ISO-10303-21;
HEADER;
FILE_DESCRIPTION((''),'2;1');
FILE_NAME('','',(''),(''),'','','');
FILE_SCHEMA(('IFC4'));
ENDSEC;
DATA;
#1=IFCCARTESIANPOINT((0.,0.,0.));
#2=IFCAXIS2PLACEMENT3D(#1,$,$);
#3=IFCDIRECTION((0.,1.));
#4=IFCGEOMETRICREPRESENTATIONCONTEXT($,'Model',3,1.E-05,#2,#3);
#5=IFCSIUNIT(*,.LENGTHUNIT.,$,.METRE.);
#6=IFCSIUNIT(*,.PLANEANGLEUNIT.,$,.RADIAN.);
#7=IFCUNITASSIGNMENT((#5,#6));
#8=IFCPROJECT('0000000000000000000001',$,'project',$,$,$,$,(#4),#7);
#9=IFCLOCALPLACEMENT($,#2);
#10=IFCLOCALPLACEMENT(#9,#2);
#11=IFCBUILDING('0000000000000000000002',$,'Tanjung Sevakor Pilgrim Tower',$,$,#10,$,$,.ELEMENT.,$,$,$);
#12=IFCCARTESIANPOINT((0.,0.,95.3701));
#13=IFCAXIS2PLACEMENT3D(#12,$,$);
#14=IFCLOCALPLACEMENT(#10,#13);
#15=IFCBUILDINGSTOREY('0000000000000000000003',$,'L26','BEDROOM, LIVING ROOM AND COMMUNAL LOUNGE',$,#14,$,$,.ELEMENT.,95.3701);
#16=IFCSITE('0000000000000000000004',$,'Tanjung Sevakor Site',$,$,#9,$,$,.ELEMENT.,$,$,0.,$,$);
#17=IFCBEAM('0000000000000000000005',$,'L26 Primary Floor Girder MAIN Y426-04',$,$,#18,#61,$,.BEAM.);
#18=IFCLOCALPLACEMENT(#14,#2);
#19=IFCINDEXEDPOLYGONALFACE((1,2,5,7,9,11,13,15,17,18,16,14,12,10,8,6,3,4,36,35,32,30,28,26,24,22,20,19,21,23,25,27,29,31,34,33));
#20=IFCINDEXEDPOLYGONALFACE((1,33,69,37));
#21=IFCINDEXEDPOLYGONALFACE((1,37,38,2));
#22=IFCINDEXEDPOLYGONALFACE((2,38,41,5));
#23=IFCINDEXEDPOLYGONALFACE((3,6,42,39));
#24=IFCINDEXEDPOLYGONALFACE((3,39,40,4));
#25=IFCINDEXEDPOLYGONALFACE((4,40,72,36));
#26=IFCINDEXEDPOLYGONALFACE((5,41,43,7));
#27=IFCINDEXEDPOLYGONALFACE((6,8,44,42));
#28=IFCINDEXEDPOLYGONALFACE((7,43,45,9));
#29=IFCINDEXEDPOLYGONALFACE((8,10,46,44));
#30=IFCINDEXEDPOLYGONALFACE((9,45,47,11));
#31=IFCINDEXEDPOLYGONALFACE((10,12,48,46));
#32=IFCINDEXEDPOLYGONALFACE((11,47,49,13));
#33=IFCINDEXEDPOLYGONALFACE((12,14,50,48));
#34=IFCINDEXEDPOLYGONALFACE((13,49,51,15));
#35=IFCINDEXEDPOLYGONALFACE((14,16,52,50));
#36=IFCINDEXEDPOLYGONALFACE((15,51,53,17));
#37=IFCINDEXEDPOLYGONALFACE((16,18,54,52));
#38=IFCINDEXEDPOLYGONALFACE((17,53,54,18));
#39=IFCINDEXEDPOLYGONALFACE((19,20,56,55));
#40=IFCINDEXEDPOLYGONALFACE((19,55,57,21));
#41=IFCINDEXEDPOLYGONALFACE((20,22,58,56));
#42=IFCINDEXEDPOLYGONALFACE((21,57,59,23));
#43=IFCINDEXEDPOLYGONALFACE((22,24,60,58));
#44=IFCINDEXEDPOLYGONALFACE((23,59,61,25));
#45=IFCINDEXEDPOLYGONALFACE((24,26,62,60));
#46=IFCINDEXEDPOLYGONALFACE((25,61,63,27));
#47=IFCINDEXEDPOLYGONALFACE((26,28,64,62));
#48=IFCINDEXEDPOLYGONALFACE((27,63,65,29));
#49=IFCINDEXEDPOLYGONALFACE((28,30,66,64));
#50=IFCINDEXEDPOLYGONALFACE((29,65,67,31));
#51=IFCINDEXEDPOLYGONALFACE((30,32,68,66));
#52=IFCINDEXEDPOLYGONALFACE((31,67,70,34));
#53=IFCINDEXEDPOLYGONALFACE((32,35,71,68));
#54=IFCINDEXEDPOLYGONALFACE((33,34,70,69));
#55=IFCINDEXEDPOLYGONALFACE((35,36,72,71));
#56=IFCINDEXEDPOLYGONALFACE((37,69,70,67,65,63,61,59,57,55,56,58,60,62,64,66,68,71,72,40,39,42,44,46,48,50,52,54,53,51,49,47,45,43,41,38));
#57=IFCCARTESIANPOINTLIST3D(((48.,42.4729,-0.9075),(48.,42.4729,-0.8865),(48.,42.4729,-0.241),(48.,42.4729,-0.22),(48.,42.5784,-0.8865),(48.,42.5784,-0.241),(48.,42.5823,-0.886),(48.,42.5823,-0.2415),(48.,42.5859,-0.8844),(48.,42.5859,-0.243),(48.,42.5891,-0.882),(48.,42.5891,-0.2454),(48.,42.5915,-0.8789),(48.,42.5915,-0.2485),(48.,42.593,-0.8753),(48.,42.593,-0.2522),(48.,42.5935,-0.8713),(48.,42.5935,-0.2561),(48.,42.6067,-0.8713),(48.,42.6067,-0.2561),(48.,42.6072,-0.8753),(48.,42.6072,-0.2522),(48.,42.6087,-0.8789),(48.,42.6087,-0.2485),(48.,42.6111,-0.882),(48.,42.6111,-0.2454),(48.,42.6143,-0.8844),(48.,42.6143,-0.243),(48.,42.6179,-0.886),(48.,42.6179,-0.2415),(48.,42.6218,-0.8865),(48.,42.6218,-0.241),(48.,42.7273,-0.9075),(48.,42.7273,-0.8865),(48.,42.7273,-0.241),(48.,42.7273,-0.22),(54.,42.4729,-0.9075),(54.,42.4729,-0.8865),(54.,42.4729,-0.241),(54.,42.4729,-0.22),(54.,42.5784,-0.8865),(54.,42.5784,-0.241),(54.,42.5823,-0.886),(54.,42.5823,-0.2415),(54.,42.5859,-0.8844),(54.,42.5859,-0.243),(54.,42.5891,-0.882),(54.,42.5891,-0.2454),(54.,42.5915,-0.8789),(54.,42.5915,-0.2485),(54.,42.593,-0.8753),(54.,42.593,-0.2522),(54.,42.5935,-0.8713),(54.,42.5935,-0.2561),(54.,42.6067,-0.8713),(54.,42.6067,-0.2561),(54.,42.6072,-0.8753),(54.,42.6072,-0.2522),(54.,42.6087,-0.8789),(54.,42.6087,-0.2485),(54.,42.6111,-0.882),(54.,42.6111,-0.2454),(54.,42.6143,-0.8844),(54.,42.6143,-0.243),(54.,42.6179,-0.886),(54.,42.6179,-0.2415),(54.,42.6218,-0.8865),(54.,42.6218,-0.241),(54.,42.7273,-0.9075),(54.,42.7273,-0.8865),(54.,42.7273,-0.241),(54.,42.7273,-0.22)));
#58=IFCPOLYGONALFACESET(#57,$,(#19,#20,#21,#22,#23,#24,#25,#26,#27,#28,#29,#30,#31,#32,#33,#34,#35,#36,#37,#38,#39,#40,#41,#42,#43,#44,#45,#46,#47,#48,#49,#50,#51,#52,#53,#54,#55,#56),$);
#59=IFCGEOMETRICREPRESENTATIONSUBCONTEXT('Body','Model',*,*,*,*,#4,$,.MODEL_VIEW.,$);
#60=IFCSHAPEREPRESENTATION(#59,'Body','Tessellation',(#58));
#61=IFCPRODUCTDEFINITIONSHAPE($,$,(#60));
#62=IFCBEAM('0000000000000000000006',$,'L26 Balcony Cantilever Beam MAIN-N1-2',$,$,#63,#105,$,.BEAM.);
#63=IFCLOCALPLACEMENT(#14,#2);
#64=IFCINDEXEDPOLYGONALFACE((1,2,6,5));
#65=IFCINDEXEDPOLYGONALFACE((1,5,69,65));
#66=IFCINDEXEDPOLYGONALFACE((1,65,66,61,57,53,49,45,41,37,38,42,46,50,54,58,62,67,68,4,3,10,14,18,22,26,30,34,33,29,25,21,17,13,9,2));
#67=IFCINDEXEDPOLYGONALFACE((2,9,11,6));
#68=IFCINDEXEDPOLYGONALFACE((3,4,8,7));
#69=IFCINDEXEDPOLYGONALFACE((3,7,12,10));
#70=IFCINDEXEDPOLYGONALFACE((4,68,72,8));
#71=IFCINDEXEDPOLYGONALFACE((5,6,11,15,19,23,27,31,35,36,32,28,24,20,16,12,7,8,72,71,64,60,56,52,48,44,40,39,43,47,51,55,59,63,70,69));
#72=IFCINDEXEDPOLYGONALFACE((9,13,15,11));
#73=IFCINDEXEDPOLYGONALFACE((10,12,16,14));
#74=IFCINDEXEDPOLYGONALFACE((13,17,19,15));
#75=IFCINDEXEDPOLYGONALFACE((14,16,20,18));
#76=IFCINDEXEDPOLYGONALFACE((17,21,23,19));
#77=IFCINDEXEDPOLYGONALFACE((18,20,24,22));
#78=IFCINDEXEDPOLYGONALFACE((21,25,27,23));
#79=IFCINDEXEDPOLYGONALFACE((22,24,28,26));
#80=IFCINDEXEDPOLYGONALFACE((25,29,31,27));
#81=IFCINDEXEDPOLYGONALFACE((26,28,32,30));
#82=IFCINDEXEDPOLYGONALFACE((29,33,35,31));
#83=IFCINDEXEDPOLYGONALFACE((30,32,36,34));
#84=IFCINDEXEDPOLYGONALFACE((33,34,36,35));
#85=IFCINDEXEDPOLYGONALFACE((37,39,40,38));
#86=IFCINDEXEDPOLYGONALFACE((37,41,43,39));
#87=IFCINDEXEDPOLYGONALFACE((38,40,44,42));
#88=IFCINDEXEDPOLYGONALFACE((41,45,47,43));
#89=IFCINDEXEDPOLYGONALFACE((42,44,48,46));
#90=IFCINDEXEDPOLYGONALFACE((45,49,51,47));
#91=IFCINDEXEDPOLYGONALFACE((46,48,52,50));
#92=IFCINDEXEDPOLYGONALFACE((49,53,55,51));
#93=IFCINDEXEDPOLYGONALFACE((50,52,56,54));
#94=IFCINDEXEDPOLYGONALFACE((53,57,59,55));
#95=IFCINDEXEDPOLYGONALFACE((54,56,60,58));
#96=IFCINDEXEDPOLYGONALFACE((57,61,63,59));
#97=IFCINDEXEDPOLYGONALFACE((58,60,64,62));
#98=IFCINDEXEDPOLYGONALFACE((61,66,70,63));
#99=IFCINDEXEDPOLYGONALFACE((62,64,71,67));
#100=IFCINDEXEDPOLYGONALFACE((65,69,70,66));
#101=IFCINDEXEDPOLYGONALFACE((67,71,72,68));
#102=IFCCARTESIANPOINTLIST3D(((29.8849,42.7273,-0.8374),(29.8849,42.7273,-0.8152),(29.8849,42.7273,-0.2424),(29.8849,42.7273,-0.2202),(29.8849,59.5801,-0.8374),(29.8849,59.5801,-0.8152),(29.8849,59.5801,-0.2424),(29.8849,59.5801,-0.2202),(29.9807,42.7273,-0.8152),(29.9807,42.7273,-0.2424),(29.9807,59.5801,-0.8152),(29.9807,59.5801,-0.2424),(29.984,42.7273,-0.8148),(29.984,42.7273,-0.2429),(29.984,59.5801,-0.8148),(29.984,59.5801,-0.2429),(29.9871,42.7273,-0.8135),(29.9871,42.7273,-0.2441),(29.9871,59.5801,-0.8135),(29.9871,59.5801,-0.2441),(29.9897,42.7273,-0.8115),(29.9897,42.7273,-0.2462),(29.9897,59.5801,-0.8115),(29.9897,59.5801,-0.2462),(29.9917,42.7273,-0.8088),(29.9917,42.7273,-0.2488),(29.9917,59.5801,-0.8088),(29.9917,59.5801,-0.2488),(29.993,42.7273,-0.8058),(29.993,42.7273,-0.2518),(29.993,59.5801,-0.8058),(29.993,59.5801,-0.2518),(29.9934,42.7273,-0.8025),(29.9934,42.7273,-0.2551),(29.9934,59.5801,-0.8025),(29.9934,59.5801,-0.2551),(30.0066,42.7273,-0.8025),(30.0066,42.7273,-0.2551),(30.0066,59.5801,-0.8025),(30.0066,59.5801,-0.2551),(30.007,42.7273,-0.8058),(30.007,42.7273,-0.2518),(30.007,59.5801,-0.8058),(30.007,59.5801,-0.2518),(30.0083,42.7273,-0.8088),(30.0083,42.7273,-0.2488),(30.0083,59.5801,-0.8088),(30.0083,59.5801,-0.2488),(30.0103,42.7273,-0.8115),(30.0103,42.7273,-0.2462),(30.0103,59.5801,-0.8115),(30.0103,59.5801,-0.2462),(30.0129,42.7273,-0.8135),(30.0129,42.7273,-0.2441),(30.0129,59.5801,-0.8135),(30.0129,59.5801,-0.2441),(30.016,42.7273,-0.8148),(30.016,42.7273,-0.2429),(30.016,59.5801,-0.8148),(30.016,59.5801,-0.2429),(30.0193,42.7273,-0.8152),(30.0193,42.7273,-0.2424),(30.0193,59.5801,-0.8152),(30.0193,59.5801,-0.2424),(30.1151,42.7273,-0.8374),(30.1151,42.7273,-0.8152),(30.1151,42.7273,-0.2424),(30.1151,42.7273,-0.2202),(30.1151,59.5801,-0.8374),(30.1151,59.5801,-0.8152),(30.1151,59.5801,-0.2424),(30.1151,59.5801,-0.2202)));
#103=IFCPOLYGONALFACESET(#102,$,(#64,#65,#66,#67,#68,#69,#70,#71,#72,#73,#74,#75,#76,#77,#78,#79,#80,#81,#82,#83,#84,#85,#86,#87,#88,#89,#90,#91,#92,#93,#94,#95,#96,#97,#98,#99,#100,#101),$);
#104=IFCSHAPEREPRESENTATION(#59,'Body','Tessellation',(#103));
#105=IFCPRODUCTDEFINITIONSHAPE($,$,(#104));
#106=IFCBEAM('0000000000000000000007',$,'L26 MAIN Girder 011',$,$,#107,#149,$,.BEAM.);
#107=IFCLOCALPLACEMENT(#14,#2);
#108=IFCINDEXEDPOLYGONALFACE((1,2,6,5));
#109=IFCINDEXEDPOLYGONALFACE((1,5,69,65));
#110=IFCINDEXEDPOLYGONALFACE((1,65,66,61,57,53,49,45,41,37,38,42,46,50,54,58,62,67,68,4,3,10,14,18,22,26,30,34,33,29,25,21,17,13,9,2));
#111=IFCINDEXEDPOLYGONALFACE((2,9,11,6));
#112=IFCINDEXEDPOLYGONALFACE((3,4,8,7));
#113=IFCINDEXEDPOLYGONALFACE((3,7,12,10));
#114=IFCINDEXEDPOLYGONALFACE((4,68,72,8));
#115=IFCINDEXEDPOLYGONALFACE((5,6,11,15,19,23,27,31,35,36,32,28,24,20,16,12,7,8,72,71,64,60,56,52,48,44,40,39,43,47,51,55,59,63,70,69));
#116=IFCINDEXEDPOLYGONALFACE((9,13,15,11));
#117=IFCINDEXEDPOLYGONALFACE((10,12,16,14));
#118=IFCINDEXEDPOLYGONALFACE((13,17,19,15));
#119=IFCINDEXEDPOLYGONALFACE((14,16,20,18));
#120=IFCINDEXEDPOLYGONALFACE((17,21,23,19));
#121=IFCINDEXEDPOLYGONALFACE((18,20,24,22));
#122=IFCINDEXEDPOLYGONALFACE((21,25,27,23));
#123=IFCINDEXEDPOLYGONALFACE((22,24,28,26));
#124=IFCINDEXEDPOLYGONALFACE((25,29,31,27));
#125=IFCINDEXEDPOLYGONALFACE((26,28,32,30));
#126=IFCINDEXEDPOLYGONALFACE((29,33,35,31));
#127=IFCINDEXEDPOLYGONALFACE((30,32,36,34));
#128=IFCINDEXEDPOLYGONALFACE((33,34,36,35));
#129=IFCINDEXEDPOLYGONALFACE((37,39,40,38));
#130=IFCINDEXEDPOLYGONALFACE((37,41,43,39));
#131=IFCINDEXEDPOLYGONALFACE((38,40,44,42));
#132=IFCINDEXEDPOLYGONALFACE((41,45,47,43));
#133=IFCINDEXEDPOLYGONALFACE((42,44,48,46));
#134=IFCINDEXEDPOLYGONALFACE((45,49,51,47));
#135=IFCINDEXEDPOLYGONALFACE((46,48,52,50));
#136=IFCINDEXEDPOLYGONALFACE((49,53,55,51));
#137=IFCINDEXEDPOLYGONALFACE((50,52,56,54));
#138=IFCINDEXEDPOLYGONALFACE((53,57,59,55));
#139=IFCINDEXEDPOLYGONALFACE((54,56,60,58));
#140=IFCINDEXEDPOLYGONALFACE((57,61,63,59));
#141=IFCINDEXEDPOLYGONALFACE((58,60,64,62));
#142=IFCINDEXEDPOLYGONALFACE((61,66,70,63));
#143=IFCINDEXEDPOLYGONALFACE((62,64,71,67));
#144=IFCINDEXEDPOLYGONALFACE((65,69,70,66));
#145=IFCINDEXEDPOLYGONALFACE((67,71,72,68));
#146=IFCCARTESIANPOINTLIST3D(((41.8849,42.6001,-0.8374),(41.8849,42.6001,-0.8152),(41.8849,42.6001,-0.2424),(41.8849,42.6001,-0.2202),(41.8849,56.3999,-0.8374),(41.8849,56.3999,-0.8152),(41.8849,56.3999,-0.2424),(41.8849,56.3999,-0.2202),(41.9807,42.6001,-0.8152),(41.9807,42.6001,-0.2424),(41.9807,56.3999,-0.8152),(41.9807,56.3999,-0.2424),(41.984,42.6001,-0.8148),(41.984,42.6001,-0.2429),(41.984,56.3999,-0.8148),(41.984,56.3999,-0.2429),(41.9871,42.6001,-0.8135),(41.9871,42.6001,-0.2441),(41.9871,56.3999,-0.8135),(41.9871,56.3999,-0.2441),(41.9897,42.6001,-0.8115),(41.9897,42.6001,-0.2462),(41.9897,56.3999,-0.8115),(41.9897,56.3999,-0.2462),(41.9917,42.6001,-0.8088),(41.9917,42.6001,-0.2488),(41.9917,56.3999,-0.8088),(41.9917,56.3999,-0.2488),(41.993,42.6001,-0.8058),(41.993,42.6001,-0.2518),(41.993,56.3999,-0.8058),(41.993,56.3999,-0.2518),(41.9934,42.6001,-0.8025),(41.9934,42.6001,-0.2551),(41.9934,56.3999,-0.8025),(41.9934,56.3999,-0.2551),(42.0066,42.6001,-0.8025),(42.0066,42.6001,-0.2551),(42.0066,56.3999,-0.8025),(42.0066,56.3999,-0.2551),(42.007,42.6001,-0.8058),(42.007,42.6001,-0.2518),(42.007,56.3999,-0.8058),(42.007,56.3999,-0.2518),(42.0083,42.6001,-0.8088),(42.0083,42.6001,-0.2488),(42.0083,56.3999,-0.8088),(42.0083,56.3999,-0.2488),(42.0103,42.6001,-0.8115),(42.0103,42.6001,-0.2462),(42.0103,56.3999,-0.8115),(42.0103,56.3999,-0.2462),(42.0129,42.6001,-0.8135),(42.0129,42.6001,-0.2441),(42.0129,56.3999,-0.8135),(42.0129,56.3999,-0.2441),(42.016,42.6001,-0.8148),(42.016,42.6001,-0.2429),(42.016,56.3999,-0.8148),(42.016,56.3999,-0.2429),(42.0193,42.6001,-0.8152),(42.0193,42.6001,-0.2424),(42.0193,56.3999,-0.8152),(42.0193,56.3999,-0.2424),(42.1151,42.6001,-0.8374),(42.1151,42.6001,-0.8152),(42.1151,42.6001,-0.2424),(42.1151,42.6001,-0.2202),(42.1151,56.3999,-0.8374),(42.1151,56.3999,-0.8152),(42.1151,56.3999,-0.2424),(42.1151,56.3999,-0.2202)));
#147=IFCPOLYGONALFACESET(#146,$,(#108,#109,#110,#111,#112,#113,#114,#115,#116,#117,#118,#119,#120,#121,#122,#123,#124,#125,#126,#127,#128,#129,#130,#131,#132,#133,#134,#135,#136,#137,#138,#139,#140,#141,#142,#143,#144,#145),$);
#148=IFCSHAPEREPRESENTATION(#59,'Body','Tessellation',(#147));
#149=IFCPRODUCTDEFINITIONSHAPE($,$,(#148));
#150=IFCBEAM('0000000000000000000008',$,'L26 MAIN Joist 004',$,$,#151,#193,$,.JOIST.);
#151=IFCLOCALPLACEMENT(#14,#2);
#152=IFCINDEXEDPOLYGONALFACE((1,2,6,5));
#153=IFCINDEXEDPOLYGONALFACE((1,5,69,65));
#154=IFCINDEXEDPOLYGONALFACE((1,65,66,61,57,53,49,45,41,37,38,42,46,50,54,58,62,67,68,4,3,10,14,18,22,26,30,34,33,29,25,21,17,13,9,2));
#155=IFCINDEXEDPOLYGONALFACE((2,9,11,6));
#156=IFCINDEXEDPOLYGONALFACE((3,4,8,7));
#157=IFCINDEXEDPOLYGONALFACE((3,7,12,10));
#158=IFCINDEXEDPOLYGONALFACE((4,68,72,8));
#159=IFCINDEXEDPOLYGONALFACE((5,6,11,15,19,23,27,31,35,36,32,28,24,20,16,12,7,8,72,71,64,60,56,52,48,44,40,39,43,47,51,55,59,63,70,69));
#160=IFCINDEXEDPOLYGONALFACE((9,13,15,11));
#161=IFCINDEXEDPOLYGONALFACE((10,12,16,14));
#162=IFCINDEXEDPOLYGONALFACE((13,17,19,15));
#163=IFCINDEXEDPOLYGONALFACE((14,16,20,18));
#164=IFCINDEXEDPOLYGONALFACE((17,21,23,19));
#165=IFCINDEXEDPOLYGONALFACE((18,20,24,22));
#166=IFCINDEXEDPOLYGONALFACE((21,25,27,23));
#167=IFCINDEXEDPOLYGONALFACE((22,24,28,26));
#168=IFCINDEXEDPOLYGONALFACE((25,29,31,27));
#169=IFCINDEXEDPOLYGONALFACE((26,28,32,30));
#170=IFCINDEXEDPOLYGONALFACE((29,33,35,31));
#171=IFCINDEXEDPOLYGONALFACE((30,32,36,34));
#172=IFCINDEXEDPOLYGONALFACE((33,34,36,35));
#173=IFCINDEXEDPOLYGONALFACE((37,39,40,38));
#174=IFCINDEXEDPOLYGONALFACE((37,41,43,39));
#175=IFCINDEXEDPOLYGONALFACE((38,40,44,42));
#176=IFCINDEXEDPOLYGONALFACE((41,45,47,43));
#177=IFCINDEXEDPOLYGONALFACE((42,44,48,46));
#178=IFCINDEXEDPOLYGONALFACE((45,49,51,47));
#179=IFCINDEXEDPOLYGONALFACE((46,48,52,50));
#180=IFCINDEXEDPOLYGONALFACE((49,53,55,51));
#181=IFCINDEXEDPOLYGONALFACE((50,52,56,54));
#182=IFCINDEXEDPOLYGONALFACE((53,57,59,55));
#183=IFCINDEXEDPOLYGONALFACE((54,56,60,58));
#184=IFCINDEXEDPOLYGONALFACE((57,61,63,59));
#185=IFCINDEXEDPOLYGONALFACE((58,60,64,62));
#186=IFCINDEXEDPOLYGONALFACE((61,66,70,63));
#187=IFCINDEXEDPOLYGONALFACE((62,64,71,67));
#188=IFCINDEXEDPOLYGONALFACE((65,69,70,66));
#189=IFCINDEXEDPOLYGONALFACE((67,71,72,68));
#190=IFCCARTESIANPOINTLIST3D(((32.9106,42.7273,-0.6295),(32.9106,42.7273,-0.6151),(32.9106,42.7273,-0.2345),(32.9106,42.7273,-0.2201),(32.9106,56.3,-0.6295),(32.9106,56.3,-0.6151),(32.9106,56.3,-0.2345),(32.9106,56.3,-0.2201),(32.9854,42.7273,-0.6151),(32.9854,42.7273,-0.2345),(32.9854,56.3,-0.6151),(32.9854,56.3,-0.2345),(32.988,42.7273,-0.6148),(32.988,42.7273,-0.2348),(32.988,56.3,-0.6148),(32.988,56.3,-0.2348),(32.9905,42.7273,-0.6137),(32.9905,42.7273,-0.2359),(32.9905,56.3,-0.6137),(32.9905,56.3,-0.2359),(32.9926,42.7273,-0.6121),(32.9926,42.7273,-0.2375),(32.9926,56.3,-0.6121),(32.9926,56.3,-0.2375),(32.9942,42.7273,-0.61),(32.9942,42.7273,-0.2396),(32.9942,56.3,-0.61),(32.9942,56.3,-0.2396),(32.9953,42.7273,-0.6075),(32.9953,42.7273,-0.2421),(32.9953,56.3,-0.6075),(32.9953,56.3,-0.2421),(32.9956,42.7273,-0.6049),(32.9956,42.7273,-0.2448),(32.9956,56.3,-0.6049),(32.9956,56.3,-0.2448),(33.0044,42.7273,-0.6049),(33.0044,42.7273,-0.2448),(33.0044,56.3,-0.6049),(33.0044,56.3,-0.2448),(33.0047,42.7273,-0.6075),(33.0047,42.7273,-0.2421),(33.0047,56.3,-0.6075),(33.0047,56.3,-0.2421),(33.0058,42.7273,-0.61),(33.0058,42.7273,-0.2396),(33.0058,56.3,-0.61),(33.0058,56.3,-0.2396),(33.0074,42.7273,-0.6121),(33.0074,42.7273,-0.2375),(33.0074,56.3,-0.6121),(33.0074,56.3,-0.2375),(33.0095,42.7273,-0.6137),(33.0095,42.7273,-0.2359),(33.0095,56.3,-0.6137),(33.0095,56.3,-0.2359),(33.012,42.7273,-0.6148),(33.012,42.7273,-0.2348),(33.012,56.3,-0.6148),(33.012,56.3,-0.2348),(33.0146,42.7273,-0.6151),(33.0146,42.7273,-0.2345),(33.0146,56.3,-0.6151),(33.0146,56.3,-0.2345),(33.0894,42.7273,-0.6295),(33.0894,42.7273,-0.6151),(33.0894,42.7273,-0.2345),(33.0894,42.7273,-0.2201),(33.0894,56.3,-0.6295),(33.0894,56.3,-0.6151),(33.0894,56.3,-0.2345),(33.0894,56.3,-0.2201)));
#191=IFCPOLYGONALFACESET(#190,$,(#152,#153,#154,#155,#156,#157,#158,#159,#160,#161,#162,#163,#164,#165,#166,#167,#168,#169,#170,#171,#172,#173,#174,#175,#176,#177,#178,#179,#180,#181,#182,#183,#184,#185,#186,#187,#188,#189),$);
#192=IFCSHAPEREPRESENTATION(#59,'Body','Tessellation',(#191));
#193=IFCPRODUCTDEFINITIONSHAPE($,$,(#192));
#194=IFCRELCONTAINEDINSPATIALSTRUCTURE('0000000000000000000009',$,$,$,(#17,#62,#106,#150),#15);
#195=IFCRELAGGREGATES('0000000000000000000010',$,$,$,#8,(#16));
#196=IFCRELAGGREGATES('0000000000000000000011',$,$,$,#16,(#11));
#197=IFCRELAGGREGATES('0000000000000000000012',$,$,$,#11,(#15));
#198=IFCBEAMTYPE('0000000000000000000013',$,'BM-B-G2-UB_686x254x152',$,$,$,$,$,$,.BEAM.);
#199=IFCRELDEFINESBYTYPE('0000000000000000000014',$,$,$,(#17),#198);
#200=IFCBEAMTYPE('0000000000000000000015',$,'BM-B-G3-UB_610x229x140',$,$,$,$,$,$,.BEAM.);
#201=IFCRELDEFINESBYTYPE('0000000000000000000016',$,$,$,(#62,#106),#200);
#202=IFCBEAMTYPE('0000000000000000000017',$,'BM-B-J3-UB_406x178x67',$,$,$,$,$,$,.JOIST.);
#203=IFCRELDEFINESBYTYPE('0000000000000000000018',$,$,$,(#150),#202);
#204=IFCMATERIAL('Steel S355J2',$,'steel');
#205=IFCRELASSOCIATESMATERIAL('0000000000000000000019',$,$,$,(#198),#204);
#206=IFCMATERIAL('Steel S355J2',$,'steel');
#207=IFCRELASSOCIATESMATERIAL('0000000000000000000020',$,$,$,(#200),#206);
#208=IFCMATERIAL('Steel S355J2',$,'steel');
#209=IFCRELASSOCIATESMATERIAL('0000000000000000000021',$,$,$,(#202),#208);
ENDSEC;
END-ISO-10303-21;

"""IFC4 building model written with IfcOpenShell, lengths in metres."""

from ifc_helpers import new_model, si_unit, direction, frame, origin, origin_2d, place, context, subcontext, project, spatial, i_section, extrude, material, material_profile, profile_set, type_object, element, save


model = new_model("IFC4")

# Units and contexts
model_context = context("Model", 3, precision=1e-05, world=origin(), true_north=direction((0.0, 1.0)))
body_context = subcontext(model_context, "Body", "Model", "MODEL_VIEW")
ifc_project = project(units=[si_unit("LENGTHUNIT", "METRE"), si_unit("PLANEANGLEUNIT", "RADIAN")], contexts=[model_context])

# Site, building, storey
site_placement = place(None, origin())
site = spatial("IfcSite", under=ifc_project, at=site_placement, Name="Tanjung Sevakor Site", CompositionType="ELEMENT", RefElevation=0.0)
building_placement = place(site_placement, origin())
building = spatial("IfcBuilding", under=site, at=building_placement, Name="Tanjung Sevakor Pilgrim Tower", CompositionType="ELEMENT")
storey_placement = place(building_placement, frame((0.0, 0.0, 95.3701)))
storey = spatial("IfcBuildingStorey", under=building, at=storey_placement, Name="L26", Description="BEDROOM, LIVING ROOM AND COMMUNAL LOUNGE", CompositionType="ELEMENT", Elevation=95.3701)

# Beams
ifc_material_1 = material(Name="Steel S355J2", Category="steel")
ifc_material_profile_1 = material_profile(ifc_material_1, i_section(OverallWidth=0.2544, OverallDepth=0.6875, WebThickness=0.0132, FlangeThickness=0.021, FilletRadius=0.0151, at=origin_2d()))
ifc_profile_set_1 = profile_set([ifc_material_profile_1], Name="Steel S355J2")
beam_type_1 = type_object("IfcBeamType", Name="BM-B-G2-UB_686x254x152", PredefinedType="BEAM", material=ifc_profile_set_1)
for number, where, z_axis, x_axis, name in (
    (1, (48.0, 42.6001, -0.5637), (1.0, 0.0, 0.0), (0.0, 1.0, 0.0), "L26 Primary Floor Girder MAIN Y426-04"),
):
    element("IfcBeam", number, at=place(storey_placement, frame(where, z_axis=z_axis, x_axis=x_axis)), inside=storey, type_object=beam_type_1, Name=name, PredefinedType="BEAM", context=body_context, shape_type="SweptSolid", body=[
        extrude(i_section(OverallWidth=0.2544, OverallDepth=0.6875, WebThickness=0.0132, FlangeThickness=0.021, FilletRadius=0.0151, at=origin_2d()), origin(), (0.0, 0.0, 1.0), 6.0),
    ])
ifc_material_2 = material(Name="Steel S355J2", Category="steel")
ifc_material_profile_2 = material_profile(ifc_material_2, i_section(OverallWidth=0.2302, OverallDepth=0.6172, WebThickness=0.0132, FlangeThickness=0.0222, FilletRadius=0.0127, at=origin_2d()))
ifc_profile_set_2 = profile_set([ifc_material_profile_2], Name="Steel S355J2")
beam_type_2 = type_object("IfcBeamType", Name="BM-B-G3-UB_610x229x140", PredefinedType="BEAM", material=ifc_profile_set_2)
beam_1_placement = place(storey_placement, frame((30.0, 42.7273, -0.5288), z_axis=(0.0, 1.0, 0.0), x_axis=(-1.0, 0.0, 0.0)))
element("IfcBeam", 2, at=beam_1_placement, inside=storey, type_object=beam_type_2, Name="L26 Balcony Cantilever Beam MAIN-N1-2", PredefinedType="BEAM", context=body_context, shape_type="SweptSolid", body=[
    extrude(i_section(OverallWidth=0.2302, OverallDepth=0.6172, WebThickness=0.0132, FlangeThickness=0.0222, FilletRadius=0.0127, at=origin_2d()), origin(), (0.0, 0.0, 1.0), 16.8528),
])
beam_2_placement = place(storey_placement, frame((42.0, 42.6001, -0.5288), z_axis=(0.0, 1.0, 0.0), x_axis=(-1.0, 0.0, 0.0)))
element("IfcBeam", 3, at=beam_2_placement, inside=storey, type_object=beam_type_2, Name="L26 MAIN Girder 011", PredefinedType="BEAM", context=body_context, shape_type="SweptSolid", body=[
    extrude(i_section(OverallWidth=0.2302, OverallDepth=0.6172, WebThickness=0.0132, FlangeThickness=0.0222, FilletRadius=0.0127, at=origin_2d()), origin(), (0.0, 0.0, 1.0), 13.7998),
])
ifc_material_3 = material(Name="Steel S355J2", Category="steel")
ifc_material_profile_3 = material_profile(ifc_material_3, i_section(OverallWidth=0.1787, OverallDepth=0.4094, WebThickness=0.0088, FlangeThickness=0.0144, FilletRadius=0.0103, at=origin_2d()))
ifc_profile_set_3 = profile_set([ifc_material_profile_3], Name="Steel S355J2")
beam_type_3 = type_object("IfcBeamType", Name="BM-B-J3-UB_406x178x67", PredefinedType="JOIST", material=ifc_profile_set_3)
beam_3_placement = place(storey_placement, frame((33.0, 42.7273, -0.4248), z_axis=(0.0, 1.0, 0.0), x_axis=(-1.0, 0.0, 0.0)))
element("IfcBeam", 4, at=beam_3_placement, inside=storey, type_object=beam_type_3, Name="L26 MAIN Joist 004", PredefinedType="JOIST", context=body_context, shape_type="SweptSolid", body=[
    extrude(i_section(OverallWidth=0.1787, OverallDepth=0.4094, WebThickness=0.0088, FlangeThickness=0.0144, FilletRadius=0.0103, at=origin_2d()), origin(), (0.0, 0.0, 1.0), 13.5728),
])

save(model, "model.ifc")
